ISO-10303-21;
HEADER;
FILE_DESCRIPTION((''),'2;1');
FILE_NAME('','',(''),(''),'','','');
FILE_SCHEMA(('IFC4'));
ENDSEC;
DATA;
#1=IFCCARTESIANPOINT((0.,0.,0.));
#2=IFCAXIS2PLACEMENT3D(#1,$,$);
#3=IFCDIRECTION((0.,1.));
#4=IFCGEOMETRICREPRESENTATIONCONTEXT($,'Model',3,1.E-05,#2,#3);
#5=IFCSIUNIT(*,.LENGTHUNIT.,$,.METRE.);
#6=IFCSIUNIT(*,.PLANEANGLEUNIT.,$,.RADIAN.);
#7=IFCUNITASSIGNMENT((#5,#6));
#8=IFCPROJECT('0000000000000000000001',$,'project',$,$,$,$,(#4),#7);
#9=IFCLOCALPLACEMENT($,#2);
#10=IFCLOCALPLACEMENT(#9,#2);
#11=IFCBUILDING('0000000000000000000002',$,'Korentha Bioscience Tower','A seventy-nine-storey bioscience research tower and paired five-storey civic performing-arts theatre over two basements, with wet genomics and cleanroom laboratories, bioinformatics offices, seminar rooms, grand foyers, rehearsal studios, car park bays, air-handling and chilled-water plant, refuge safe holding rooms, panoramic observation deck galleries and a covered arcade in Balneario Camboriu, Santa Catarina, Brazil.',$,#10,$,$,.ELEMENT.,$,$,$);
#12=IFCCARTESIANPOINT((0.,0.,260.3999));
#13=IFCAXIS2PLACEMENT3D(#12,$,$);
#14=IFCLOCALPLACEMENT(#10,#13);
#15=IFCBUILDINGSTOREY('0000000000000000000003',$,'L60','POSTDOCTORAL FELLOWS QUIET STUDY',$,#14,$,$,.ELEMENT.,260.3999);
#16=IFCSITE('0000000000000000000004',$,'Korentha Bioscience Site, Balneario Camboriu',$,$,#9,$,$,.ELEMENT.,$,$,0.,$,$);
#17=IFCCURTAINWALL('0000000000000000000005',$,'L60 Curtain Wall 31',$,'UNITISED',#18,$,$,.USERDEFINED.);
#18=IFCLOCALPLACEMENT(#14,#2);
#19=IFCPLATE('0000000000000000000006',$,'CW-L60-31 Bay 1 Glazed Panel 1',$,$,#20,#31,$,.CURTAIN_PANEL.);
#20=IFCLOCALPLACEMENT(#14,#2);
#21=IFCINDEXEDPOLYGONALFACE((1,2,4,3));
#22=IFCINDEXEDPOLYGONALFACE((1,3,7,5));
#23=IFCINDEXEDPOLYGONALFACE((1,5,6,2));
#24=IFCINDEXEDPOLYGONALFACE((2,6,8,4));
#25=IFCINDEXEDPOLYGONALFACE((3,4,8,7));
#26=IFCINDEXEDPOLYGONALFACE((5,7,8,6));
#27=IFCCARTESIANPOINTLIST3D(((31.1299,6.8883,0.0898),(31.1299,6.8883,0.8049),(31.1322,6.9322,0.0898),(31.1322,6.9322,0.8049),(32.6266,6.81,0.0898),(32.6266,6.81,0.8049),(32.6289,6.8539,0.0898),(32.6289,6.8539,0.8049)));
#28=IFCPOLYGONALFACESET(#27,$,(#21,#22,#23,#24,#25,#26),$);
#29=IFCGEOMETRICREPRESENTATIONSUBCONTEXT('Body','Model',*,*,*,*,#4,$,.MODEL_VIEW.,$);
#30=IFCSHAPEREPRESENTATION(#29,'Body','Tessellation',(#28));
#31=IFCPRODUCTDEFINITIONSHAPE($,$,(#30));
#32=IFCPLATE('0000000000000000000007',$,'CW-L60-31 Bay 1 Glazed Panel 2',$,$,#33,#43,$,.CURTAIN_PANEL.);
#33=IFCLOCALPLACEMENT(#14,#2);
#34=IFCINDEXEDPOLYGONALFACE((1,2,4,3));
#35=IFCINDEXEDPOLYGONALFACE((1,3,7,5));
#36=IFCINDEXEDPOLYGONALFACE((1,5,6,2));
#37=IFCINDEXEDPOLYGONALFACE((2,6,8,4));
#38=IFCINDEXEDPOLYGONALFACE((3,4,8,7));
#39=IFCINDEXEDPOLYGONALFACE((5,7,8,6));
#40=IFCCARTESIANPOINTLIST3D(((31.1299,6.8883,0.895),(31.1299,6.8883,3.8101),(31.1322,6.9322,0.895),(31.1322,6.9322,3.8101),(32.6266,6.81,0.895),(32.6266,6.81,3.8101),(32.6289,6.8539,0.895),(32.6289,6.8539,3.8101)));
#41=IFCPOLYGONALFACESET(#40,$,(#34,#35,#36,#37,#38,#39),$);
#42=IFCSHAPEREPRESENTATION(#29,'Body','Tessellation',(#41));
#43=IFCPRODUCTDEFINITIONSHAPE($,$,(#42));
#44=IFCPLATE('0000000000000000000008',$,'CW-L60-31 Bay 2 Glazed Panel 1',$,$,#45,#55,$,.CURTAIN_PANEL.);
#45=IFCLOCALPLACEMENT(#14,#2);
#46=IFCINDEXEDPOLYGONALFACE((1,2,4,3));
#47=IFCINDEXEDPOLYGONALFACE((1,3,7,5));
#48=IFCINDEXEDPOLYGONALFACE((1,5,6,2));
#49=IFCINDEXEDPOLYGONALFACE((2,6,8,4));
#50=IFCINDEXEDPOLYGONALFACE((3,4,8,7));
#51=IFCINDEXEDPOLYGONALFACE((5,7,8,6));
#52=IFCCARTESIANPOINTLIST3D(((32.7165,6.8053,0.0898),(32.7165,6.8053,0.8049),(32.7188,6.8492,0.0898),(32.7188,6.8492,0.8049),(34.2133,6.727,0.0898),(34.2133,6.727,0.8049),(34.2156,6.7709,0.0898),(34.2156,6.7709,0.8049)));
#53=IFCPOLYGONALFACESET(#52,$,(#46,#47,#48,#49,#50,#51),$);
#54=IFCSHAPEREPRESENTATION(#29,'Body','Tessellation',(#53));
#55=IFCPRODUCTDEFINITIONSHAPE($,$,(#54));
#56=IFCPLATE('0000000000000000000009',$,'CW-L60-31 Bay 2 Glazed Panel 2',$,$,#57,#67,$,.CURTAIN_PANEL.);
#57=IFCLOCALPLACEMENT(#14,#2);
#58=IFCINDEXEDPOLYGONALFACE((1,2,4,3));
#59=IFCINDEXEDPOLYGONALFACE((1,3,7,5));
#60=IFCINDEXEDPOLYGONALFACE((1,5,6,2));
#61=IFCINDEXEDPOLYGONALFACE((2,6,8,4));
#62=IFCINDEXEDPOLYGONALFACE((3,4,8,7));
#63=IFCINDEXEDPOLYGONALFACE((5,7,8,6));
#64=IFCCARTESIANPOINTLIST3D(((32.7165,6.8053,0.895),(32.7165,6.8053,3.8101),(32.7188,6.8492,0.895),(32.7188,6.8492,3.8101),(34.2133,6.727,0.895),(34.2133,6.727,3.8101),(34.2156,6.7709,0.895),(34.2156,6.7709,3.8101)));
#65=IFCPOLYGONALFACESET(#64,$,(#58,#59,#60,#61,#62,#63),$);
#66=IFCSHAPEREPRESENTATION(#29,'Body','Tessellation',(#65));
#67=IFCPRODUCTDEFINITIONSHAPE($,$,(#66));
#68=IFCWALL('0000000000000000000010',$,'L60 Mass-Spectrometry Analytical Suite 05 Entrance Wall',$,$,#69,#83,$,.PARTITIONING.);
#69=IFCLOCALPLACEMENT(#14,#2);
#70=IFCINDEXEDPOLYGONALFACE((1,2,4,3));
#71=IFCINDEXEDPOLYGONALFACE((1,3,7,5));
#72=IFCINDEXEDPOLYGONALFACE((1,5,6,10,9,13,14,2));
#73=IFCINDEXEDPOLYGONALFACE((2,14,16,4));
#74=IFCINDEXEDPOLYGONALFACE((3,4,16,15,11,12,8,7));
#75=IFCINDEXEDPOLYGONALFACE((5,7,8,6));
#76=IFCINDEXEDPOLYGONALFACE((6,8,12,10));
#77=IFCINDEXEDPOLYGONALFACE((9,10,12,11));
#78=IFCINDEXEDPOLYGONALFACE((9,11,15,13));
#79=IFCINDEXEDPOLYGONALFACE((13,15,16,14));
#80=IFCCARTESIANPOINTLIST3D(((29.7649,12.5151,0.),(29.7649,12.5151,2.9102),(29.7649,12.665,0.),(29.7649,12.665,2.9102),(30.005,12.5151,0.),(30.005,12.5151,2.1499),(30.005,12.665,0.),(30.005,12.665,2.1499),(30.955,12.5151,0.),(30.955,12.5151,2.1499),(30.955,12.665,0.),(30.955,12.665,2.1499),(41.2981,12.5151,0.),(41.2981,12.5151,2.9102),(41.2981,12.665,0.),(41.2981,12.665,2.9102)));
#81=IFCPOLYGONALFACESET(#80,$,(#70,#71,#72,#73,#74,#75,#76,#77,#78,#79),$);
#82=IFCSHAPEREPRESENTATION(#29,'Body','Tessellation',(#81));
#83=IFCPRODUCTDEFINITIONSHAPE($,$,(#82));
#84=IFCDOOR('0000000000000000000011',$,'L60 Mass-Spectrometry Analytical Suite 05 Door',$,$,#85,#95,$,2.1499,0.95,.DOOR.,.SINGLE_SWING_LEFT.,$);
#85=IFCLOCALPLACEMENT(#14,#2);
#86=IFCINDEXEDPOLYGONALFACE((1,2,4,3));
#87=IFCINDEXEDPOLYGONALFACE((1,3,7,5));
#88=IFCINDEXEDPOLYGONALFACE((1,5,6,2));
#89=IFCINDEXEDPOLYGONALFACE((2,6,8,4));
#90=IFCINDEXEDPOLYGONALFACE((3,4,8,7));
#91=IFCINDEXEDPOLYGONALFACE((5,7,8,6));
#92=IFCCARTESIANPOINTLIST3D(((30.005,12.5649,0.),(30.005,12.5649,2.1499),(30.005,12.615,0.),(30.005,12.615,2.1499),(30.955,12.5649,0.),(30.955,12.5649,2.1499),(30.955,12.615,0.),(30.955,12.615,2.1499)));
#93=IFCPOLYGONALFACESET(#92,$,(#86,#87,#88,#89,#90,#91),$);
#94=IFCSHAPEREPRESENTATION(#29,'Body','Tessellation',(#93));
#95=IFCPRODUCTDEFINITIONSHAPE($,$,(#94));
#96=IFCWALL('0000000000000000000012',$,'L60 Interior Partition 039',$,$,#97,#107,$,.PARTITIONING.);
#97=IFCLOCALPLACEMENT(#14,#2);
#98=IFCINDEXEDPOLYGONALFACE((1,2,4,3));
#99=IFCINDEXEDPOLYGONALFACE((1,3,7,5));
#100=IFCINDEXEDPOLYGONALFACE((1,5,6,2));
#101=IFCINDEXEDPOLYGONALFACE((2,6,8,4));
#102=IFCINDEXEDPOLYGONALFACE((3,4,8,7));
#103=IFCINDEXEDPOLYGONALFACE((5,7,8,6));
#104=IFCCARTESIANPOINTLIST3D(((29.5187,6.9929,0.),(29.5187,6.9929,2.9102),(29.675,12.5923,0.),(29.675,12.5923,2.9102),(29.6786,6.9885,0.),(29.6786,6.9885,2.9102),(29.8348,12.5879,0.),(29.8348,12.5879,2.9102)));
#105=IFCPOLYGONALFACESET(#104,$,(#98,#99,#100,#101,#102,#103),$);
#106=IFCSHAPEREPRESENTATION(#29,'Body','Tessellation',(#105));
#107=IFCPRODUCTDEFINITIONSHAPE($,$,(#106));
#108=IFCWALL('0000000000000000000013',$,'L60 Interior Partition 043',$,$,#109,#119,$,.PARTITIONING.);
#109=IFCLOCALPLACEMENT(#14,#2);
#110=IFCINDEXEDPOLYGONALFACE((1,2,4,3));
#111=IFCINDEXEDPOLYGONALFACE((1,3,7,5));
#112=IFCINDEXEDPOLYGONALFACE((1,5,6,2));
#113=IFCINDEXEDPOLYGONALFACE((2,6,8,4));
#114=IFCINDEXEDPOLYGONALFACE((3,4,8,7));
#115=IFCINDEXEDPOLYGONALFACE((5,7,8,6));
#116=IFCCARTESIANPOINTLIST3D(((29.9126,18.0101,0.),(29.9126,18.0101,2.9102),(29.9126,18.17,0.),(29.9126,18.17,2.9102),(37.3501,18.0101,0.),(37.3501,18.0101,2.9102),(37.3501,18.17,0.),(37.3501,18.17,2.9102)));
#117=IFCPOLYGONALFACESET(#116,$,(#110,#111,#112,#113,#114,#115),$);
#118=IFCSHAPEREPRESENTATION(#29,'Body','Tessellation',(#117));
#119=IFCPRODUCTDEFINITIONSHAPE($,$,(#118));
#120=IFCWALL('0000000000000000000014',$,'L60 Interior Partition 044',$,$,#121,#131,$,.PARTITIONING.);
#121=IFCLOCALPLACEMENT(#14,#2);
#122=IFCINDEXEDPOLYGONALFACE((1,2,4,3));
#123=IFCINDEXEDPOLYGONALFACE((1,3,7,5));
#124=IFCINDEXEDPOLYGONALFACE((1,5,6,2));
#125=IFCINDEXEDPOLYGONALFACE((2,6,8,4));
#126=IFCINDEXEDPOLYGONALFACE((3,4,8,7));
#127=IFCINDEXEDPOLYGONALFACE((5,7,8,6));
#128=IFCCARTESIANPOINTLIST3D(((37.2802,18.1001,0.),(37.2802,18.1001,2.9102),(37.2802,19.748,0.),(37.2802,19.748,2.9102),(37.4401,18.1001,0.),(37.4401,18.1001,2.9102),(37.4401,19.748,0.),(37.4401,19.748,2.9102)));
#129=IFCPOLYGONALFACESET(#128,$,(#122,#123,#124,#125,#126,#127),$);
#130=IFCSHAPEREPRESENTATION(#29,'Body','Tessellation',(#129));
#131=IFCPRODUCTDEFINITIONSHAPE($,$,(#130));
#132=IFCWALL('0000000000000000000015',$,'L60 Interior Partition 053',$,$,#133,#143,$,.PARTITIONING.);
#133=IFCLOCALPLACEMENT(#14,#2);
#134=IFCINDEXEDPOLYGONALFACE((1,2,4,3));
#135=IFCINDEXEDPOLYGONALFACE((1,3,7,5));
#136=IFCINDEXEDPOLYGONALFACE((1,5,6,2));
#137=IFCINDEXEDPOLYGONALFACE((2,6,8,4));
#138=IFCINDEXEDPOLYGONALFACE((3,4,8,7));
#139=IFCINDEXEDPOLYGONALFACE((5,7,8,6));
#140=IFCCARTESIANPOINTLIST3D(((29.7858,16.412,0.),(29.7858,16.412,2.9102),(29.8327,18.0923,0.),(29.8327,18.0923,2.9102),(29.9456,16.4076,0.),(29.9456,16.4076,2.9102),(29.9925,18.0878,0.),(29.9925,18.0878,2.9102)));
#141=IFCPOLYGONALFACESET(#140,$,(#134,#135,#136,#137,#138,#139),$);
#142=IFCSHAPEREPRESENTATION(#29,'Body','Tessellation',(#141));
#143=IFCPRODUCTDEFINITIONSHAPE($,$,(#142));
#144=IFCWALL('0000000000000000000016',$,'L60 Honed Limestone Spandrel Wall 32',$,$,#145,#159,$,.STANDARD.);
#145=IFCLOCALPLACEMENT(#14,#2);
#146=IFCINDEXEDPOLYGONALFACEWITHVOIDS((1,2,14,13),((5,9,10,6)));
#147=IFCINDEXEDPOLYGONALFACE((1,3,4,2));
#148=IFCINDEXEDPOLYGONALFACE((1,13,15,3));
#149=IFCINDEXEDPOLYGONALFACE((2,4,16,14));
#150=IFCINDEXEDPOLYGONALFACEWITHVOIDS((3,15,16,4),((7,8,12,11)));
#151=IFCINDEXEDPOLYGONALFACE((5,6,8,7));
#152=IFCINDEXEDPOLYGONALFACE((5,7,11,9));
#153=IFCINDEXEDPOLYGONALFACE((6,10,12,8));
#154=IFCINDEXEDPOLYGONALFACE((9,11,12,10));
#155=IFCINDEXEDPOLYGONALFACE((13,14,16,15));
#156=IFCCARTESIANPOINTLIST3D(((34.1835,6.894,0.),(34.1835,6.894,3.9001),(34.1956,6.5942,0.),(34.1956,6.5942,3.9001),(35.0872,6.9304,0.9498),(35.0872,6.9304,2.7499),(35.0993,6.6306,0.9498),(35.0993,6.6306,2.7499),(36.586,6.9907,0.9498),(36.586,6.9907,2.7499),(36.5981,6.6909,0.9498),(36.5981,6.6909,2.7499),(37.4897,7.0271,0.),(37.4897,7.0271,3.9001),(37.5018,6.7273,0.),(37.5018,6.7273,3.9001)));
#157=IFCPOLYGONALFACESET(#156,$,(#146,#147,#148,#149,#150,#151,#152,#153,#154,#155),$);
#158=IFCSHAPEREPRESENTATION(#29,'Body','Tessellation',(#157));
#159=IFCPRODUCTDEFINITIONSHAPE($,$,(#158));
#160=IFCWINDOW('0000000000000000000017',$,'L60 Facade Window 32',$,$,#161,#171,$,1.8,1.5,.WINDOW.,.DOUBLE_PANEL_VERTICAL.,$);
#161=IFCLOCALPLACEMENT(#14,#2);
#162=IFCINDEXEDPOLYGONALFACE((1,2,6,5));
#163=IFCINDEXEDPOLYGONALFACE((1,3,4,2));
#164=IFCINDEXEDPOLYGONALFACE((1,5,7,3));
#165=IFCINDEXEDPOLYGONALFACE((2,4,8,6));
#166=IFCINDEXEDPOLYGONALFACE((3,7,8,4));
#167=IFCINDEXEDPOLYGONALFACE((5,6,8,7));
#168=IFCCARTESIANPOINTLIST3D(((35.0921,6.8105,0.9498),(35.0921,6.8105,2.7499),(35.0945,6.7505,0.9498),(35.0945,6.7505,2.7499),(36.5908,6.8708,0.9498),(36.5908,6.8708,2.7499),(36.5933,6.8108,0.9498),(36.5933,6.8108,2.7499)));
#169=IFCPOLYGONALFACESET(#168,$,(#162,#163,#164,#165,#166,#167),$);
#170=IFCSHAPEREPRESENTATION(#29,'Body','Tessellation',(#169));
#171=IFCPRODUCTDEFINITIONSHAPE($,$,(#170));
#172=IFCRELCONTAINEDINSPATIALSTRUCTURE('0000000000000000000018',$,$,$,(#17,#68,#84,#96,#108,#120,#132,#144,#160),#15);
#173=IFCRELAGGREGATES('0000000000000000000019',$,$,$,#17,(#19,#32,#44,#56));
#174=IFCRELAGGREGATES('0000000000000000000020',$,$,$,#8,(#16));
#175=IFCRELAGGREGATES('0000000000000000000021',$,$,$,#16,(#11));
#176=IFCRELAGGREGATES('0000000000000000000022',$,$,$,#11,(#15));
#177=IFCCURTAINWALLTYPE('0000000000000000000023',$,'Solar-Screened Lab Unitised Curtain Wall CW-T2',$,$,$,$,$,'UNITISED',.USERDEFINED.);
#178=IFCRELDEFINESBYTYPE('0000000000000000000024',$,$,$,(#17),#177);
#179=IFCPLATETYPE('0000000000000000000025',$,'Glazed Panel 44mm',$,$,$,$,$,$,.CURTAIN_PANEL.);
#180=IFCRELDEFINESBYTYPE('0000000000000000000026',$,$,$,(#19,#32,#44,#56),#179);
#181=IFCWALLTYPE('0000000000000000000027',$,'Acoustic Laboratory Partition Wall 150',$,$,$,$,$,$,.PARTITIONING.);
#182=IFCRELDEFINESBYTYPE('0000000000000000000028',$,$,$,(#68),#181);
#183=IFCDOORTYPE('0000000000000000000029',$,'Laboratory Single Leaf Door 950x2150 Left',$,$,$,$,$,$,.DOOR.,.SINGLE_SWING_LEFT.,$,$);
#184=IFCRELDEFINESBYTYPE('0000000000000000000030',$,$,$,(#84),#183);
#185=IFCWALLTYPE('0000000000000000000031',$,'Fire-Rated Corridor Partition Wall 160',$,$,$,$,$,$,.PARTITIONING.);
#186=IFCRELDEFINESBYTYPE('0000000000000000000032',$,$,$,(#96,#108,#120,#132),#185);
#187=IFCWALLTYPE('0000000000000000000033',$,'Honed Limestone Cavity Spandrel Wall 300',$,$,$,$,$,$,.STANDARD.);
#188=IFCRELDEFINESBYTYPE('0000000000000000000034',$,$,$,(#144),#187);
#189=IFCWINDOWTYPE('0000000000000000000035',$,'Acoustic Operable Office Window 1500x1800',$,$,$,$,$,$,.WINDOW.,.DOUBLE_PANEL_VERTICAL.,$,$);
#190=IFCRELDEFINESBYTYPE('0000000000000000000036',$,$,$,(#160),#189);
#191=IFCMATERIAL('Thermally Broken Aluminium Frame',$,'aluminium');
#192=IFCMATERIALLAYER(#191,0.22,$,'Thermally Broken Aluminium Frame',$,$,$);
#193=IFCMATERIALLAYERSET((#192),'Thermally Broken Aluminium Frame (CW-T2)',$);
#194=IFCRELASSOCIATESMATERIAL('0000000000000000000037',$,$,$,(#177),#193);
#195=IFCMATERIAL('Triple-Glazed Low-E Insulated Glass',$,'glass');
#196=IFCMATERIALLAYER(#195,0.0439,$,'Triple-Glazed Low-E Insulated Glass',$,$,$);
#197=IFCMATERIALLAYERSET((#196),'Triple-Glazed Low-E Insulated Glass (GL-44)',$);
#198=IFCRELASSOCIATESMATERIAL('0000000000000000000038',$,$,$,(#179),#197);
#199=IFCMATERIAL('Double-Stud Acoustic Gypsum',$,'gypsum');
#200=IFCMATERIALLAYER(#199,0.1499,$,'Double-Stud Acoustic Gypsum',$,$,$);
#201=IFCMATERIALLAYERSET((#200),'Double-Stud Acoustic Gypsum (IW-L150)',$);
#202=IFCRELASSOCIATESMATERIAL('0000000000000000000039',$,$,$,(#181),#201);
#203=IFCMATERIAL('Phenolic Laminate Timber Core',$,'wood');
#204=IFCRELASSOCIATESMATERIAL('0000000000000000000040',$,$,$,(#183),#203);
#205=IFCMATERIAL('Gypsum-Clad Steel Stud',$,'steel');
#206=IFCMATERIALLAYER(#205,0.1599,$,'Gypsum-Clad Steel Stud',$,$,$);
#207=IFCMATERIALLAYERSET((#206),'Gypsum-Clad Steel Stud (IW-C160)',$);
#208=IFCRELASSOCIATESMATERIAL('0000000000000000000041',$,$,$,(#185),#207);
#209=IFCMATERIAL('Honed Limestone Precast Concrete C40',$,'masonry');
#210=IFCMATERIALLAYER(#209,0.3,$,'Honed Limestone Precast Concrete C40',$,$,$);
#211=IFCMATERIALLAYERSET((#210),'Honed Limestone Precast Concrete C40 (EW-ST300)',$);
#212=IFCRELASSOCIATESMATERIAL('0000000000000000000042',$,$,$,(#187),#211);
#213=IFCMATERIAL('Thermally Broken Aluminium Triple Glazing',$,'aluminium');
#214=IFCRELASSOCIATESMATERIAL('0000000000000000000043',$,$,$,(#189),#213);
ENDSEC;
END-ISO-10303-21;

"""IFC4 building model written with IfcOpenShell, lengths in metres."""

from ifc_helpers import new_model, si_unit, direction, frame, frame_2d, origin, origin_2d, place, context, subcontext, project, spatial, rectangle, extrude, material, layer, layer_set, type_object, element, fill, aggregate, save


model = new_model("IFC4")

# Units and contexts
model_context = context("Model", 3, precision=1e-05, world=origin(), true_north=direction((0.0, 1.0)))
body_context = subcontext(model_context, "Body", "Model", "MODEL_VIEW")
ifc_project = project(units=[si_unit("LENGTHUNIT", "METRE"), si_unit("PLANEANGLEUNIT", "RADIAN")], contexts=[model_context])

# Site, building, storey
site_placement = place(None, origin())
site = spatial("IfcSite", under=ifc_project, at=site_placement, Name="Korentha Bioscience Site, Balneario Camboriu", CompositionType="ELEMENT", RefElevation=0.0)
building_placement = place(site_placement, origin())
building = spatial("IfcBuilding", under=site, at=building_placement, Name="Korentha Bioscience Tower", Description="A seventy-nine-storey bioscience research tower and paired five-storey civic performing-arts theatre over two basements, with wet genomics and cleanroom laboratories, bioinformatics offices, seminar rooms, grand foyers, rehearsal studios, car park bays, air-handling and chilled-water plant, refuge safe holding rooms, panoramic observation deck galleries and a covered arcade in Balneario Camboriu, Santa Catarina, Brazil.", CompositionType="ELEMENT")
storey_placement = place(building_placement, frame((0.0, 0.0, 260.3999)))
storey = spatial("IfcBuildingStorey", under=building, at=storey_placement, Name="L60", Description="POSTDOCTORAL FELLOWS QUIET STUDY", CompositionType="ELEMENT", Elevation=260.3999)

# Curtain wall
ifc_material_1 = material(Name="Thermally Broken Aluminium Frame", Category="aluminium")
ifc_layer_1 = layer(ifc_material_1, 0.22, Name="Thermally Broken Aluminium Frame")
ifc_layer_set_1 = layer_set([ifc_layer_1], Name="Thermally Broken Aluminium Frame (CW-T2)")
curtain_wall_type = type_object("IfcCurtainWallType", Name="Solar-Screened Lab Unitised Curtain Wall CW-T2", ElementType="UNITISED", PredefinedType="USERDEFINED", material=ifc_layer_set_1)
curtain_wall_placement = place(storey_placement, origin())
curtain_wall = element("IfcCurtainWall", 1, at=curtain_wall_placement, inside=storey, type_object=curtain_wall_type, Name="L60 Curtain Wall 31", ObjectType="UNITISED", PredefinedType="USERDEFINED")

# Plates
ifc_material_2 = material(Name="Triple-Glazed Low-E Insulated Glass", Category="glass")
ifc_layer_2 = layer(ifc_material_2, 0.0439, Name="Triple-Glazed Low-E Insulated Glass")
ifc_layer_set_2 = layer_set([ifc_layer_2], Name="Triple-Glazed Low-E Insulated Glass (GL-44)")
plate_type = type_object("IfcPlateType", Name="Glazed Panel 44mm", PredefinedType="CURTAIN_PANEL", material=ifc_layer_set_2)
plate_1_placement = place(storey_placement, frame((31.8794, 6.8711, 0.0898), z_axis=(0.0, 0.0, 1.0), x_axis=(0.998636, -0.05221, 0.0)))
plate_1 = element("IfcPlate", 2, at=plate_1_placement, type_object=plate_type, Name="CW-L60-31 Bay 1 Glazed Panel 1", PredefinedType="CURTAIN_PANEL", context=body_context, shape_type="SweptSolid", body=[
    extrude(rectangle(XDim=1.4988, YDim=0.0439, at=origin_2d()), origin(), (0.0, 0.0, 1.0), 0.7151),
])
plate_2_placement = place(storey_placement, frame((31.8794, 6.8711, 0.895), z_axis=(0.0, 0.0, 1.0), x_axis=(0.998636, -0.05221, 0.0)))
plate_2 = element("IfcPlate", 3, at=plate_2_placement, type_object=plate_type, Name="CW-L60-31 Bay 1 Glazed Panel 2", PredefinedType="CURTAIN_PANEL", context=body_context, shape_type="SweptSolid", body=[
    extrude(rectangle(XDim=1.4988, YDim=0.0439, at=origin_2d()), origin(), (0.0, 0.0, 1.0), 2.915),
])
plate_3_placement = place(storey_placement, frame((33.4661, 6.7881, 0.0898), z_axis=(0.0, 0.0, 1.0), x_axis=(0.998636, -0.05221, 0.0)))
plate_3 = element("IfcPlate", 4, at=plate_3_placement, type_object=plate_type, Name="CW-L60-31 Bay 2 Glazed Panel 1", PredefinedType="CURTAIN_PANEL", context=body_context, shape_type="SweptSolid", body=[
    extrude(rectangle(XDim=1.4988, YDim=0.0439, at=origin_2d()), origin(), (0.0, 0.0, 1.0), 0.7151),
])
plate_4_placement = place(storey_placement, frame((33.4661, 6.7881, 0.895), z_axis=(0.0, 0.0, 1.0), x_axis=(0.998636, -0.05221, 0.0)))
plate_4 = element("IfcPlate", 5, at=plate_4_placement, type_object=plate_type, Name="CW-L60-31 Bay 2 Glazed Panel 2", PredefinedType="CURTAIN_PANEL", context=body_context, shape_type="SweptSolid", body=[
    extrude(rectangle(XDim=1.4988, YDim=0.0439, at=origin_2d()), origin(), (0.0, 0.0, 1.0), 2.915),
])
aggregate(curtain_wall, [plate_1, plate_2, plate_3, plate_4])

# Wall, opening, door
ifc_material_3 = material(Name="Double-Stud Acoustic Gypsum", Category="gypsum")
ifc_layer_3 = layer(ifc_material_3, 0.1499, Name="Double-Stud Acoustic Gypsum")
ifc_layer_set_3 = layer_set([ifc_layer_3], Name="Double-Stud Acoustic Gypsum (IW-L150)")
wall_type_1 = type_object("IfcWallType", Name="Acoustic Laboratory Partition Wall 150", PredefinedType="PARTITIONING", material=ifc_layer_set_3)
wall_1_placement = place(storey_placement, frame((29.7649, 12.5901, 0.0), z_axis=(0.0, 0.0, 1.0), x_axis=(1.0, 0.0, 0.0)))
wall_1 = element("IfcWall", 6, at=wall_1_placement, inside=storey, type_object=wall_type_1, Name="L60 Mass-Spectrometry Analytical Suite 05 Entrance Wall", PredefinedType="PARTITIONING", context=body_context, shape_type="SweptSolid", body=[
    extrude(rectangle(XDim=11.5332, YDim=0.1499, at=frame_2d((5.7666, 0.0))), origin(), (0.0, 0.0, 1.0), 2.9102),
])
opening_1_placement = place(wall_1_placement, frame((0.24, 0.0, 0.0)))
opening_1 = element("IfcOpeningElement", 7, at=opening_1_placement, cuts=wall_1, PredefinedType="OPENING", context=body_context, shape_type="SweptSolid", body=[
    extrude(rectangle(XDim=0.95, YDim=2.1499, at=frame_2d((0.4751, 1.075))), frame((0.0, 0.0898, 0.0), z_axis=(0.0, -1.0, 0.0), x_axis=(1.0, 0.0, 0.0)), (0.0, 0.0, 1.0), 0.1797),
])
ifc_material_4 = material(Name="Phenolic Laminate Timber Core", Category="wood")
door_type = type_object("IfcDoorType", Name="Laboratory Single Leaf Door 950x2150 Left", OperationType="SINGLE_SWING_LEFT", PredefinedType="DOOR", material=ifc_material_4)
door_placement = place(opening_1_placement, origin())
door = element("IfcDoor", 8, at=door_placement, inside=storey, type_object=door_type, Name="L60 Mass-Spectrometry Analytical Suite 05 Door", OperationType="SINGLE_SWING_LEFT", OverallHeight=2.1499, OverallWidth=0.95, PredefinedType="DOOR", context=body_context, shape_type="SweptSolid", body=[
    extrude(rectangle(XDim=0.95, YDim=2.1499, at=frame_2d((0.4751, 1.075))), frame((0.0, 0.0249, 0.0), z_axis=(0.0, -1.0, 0.0), x_axis=(1.0, 0.0, 0.0)), (0.0, 0.0, 1.0), 0.05),
])
fill(opening_1, door)

# Walls
ifc_material_5 = material(Name="Gypsum-Clad Steel Stud", Category="steel")
ifc_layer_4 = layer(ifc_material_5, 0.1599, Name="Gypsum-Clad Steel Stud")
ifc_layer_set_4 = layer_set([ifc_layer_4], Name="Gypsum-Clad Steel Stud (IW-C160)")
wall_type_2 = type_object("IfcWallType", Name="Fire-Rated Corridor Partition Wall 160", PredefinedType="PARTITIONING", material=ifc_layer_set_4)
wall_2_placement = place(storey_placement, frame((29.7549, 12.5901, 0.0), z_axis=(0.0, 0.0, 1.0), x_axis=(-0.027894, -0.999611, 0.0)))
element("IfcWall", 9, at=wall_2_placement, inside=storey, type_object=wall_type_2, Name="L60 Interior Partition 039", PredefinedType="PARTITIONING", context=body_context, shape_type="SweptSolid", body=[
    extrude(rectangle(XDim=5.6016, YDim=0.1599, at=frame_2d((2.8008, 0.0))), origin(), (0.0, 0.0, 1.0), 2.9102),
])
wall_3_placement = place(storey_placement, frame((29.9126, 18.0901, 0.0), z_axis=(0.0, 0.0, 1.0), x_axis=(1.0, 0.0, 0.0)))
element("IfcWall", 10, at=wall_3_placement, inside=storey, type_object=wall_type_2, Name="L60 Interior Partition 043", PredefinedType="PARTITIONING", context=body_context, shape_type="SweptSolid", body=[
    extrude(rectangle(XDim=7.4375, YDim=0.1599, at=frame_2d((3.7188, 0.0))), origin(), (0.0, 0.0, 1.0), 2.9102),
])
wall_4_placement = place(storey_placement, frame((37.3601, 18.1001, 0.0), z_axis=(0.0, 0.0, 1.0), x_axis=(0.0, 1.0, 0.0)))
element("IfcWall", 11, at=wall_4_placement, inside=storey, type_object=wall_type_2, Name="L60 Interior Partition 044", PredefinedType="PARTITIONING", context=body_context, shape_type="SweptSolid", body=[
    extrude(rectangle(XDim=1.6479, YDim=0.1599, at=frame_2d((0.824, 0.0))), origin(), (0.0, 0.0, 1.0), 2.9102),
])
wall_5_placement = place(storey_placement, frame((29.8657, 16.4099, 0.0), z_axis=(0.0, 0.0, 1.0), x_axis=(0.027888, 0.999611, 0.0)))
element("IfcWall", 12, at=wall_5_placement, inside=storey, type_object=wall_type_2, Name="L60 Interior Partition 053", PredefinedType="PARTITIONING", context=body_context, shape_type="SweptSolid", body=[
    extrude(rectangle(XDim=1.6809, YDim=0.1599, at=frame_2d((0.8403, 0.0))), origin(), (0.0, 0.0, 1.0), 2.9102),
])

# Wall, opening, window
ifc_material_6 = material(Name="Honed Limestone Precast Concrete C40", Category="masonry")
ifc_layer_5 = layer(ifc_material_6, 0.3, Name="Honed Limestone Precast Concrete C40")
ifc_layer_set_5 = layer_set([ifc_layer_5], Name="Honed Limestone Precast Concrete C40 (EW-ST300)")
wall_type_3 = type_object("IfcWallType", Name="Honed Limestone Cavity Spandrel Wall 300", PredefinedType="STANDARD", material=ifc_layer_set_5)
wall_6_placement = place(storey_placement, frame((34.1897, 6.7441, 0.0), z_axis=(0.0, 0.0, 1.0), x_axis=(0.999191, 0.040213, 0.0)))
wall_6 = element("IfcWall", 13, at=wall_6_placement, inside=storey, type_object=wall_type_3, Name="L60 Honed Limestone Spandrel Wall 32", PredefinedType="STANDARD", context=body_context, shape_type="SweptSolid", body=[
    extrude(rectangle(XDim=3.3088, YDim=0.3, at=frame_2d((1.6543, 0.0))), origin(), (0.0, 0.0, 1.0), 3.9001),
])
opening_2_placement = place(wall_6_placement, frame((0.9043, 0.0, 0.95)))
opening_2 = element("IfcOpeningElement", 14, at=opening_2_placement, cuts=wall_6, PredefinedType="OPENING", context=body_context, shape_type="SweptSolid", body=[
    extrude(rectangle(XDim=1.5, YDim=1.8, at=frame_2d((0.75, 0.8999))), frame((0.0, 0.165, 0.0), z_axis=(0.0, -1.0, 0.0), x_axis=(1.0, 0.0, 0.0)), (0.0, 0.0, 1.0), 0.3298),
])
ifc_material_7 = material(Name="Thermally Broken Aluminium Triple Glazing", Category="aluminium")
window_type = type_object("IfcWindowType", Name="Acoustic Operable Office Window 1500x1800", PartitioningType="DOUBLE_PANEL_VERTICAL", PredefinedType="WINDOW", material=ifc_material_7)
window_placement = place(opening_2_placement, origin())
window = element("IfcWindow", 15, at=window_placement, inside=storey, type_object=window_type, Name="L60 Facade Window 32", OverallHeight=1.8, OverallWidth=1.5, PartitioningType="DOUBLE_PANEL_VERTICAL", PredefinedType="WINDOW", context=body_context, shape_type="SweptSolid", body=[
    extrude(rectangle(XDim=1.5, YDim=1.8, at=frame_2d((0.75, 0.8999))), frame((0.0, 0.03, 0.0), z_axis=(0.0, -1.0, 0.0), x_axis=(1.0, 0.0, 0.0)), (0.0, 0.0, 1.0), 0.0601),
])
fill(opening_2, window)

save(model, "model.ifc")
